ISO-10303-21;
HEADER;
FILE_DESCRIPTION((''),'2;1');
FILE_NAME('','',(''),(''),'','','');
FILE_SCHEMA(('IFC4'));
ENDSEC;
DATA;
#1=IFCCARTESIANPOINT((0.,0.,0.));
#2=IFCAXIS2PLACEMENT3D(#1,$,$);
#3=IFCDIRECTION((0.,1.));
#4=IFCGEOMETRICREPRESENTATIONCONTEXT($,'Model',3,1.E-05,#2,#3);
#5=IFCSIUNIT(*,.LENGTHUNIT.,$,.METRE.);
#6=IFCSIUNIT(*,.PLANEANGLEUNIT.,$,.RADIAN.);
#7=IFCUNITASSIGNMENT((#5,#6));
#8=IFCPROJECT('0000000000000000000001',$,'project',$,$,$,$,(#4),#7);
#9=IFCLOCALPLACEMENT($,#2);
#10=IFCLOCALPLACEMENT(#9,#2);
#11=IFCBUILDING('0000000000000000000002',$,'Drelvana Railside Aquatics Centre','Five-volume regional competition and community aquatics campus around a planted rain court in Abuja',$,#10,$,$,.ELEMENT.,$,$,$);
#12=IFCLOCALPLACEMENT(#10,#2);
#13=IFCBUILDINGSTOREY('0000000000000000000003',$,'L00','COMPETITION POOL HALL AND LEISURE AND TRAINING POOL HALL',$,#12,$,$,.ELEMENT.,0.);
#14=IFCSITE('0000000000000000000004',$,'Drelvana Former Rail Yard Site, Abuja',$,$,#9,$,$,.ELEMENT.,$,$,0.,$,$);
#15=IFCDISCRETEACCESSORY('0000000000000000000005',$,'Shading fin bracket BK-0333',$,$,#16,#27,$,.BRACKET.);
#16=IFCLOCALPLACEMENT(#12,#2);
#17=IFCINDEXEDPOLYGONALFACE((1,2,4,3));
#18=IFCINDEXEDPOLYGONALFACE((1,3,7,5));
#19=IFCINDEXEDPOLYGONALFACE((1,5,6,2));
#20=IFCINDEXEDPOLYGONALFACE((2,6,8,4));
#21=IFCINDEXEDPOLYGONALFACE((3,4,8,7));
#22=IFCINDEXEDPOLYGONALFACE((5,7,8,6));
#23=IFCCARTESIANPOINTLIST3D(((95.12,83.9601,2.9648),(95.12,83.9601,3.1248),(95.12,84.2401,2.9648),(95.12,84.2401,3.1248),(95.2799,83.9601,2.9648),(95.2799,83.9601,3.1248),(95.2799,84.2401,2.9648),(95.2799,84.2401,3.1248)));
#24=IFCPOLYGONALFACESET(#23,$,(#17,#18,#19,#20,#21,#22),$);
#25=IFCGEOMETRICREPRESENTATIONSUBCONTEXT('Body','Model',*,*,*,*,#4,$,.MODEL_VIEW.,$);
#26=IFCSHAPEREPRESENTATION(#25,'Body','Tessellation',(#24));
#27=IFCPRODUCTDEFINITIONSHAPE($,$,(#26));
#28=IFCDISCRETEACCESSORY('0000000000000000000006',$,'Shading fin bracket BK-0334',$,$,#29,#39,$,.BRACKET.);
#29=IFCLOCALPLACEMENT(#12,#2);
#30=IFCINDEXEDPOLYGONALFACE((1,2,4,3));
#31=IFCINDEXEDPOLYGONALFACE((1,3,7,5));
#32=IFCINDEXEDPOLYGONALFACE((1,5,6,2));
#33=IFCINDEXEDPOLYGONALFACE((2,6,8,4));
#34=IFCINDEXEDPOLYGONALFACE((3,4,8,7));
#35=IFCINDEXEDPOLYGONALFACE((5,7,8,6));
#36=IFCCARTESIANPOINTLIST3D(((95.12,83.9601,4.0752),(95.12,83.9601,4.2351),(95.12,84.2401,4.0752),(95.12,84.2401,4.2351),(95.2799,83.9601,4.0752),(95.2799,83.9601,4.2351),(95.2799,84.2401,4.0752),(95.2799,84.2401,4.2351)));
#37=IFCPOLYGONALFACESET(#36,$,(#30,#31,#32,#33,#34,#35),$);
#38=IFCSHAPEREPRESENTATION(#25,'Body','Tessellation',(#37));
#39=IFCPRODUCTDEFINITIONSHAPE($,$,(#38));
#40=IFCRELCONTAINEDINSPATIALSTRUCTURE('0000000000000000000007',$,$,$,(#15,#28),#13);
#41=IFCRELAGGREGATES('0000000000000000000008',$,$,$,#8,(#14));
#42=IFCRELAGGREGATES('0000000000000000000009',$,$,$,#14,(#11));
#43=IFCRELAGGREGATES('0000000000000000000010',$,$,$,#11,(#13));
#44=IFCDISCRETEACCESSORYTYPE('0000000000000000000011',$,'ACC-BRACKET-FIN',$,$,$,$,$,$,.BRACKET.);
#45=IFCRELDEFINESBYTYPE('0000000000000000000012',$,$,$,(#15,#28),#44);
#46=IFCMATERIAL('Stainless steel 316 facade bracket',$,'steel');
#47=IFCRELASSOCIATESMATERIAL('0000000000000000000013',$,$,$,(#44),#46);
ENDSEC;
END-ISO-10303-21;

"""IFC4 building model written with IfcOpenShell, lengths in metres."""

from ifc_helpers import new_model, si_unit, direction, frame, origin, origin_2d, place, context, subcontext, project, spatial, rectangle, extrude, material, type_object, element, save


model = new_model("IFC4")

# Units and contexts
model_context = context("Model", 3, precision=1e-05, world=origin(), true_north=direction((0.0, 1.0)))
body_context = subcontext(model_context, "Body", "Model", "MODEL_VIEW")
ifc_project = project(units=[si_unit("LENGTHUNIT", "METRE"), si_unit("PLANEANGLEUNIT", "RADIAN")], contexts=[model_context])

# Site, building, storey
site_placement = place(None, origin())
site = spatial("IfcSite", under=ifc_project, at=site_placement, Name="Drelvana Former Rail Yard Site, Abuja", CompositionType="ELEMENT", RefElevation=0.0)
building_placement = place(site_placement, origin())
building = spatial("IfcBuilding", under=site, at=building_placement, Name="Drelvana Railside Aquatics Centre", Description="Five-volume regional competition and community aquatics campus around a planted rain court in Abuja", CompositionType="ELEMENT")
storey_placement = place(building_placement, origin())
storey = spatial("IfcBuildingStorey", under=building, at=storey_placement, Name="L00", Description="COMPETITION POOL HALL AND LEISURE AND TRAINING POOL HALL", CompositionType="ELEMENT", Elevation=0.0)

# Discrete accessories
ifc_material_1 = material(Name="Stainless steel 316 facade bracket", Category="steel")
discrete_accessory_type = type_object("IfcDiscreteAccessoryType", Name="ACC-BRACKET-FIN", PredefinedType="BRACKET", material=ifc_material_1)
for number, where, z_axis, x_axis, name in (
    (1, (95.2, 84.1001, 2.9648), (0.0, 0.0, 1.0), (0.0, 1.0, 0.0), "Shading fin bracket BK-0333"),
    (2, (95.2, 84.1001, 4.0752), (0.0, 0.0, 1.0), (0.0, 1.0, 0.0), "Shading fin bracket BK-0334"),
):
    element("IfcDiscreteAccessory", number, at=place(storey_placement, frame(where, z_axis=z_axis, x_axis=x_axis)), inside=storey, type_object=discrete_accessory_type, Name=name, PredefinedType="BRACKET", context=body_context, shape_type="SweptSolid", body=[
        extrude(rectangle(XDim=0.28, YDim=0.1599, at=origin_2d()), origin(), (0.0, 0.0, 1.0), 0.1599),
    ])

save(model, "model.ifc")
